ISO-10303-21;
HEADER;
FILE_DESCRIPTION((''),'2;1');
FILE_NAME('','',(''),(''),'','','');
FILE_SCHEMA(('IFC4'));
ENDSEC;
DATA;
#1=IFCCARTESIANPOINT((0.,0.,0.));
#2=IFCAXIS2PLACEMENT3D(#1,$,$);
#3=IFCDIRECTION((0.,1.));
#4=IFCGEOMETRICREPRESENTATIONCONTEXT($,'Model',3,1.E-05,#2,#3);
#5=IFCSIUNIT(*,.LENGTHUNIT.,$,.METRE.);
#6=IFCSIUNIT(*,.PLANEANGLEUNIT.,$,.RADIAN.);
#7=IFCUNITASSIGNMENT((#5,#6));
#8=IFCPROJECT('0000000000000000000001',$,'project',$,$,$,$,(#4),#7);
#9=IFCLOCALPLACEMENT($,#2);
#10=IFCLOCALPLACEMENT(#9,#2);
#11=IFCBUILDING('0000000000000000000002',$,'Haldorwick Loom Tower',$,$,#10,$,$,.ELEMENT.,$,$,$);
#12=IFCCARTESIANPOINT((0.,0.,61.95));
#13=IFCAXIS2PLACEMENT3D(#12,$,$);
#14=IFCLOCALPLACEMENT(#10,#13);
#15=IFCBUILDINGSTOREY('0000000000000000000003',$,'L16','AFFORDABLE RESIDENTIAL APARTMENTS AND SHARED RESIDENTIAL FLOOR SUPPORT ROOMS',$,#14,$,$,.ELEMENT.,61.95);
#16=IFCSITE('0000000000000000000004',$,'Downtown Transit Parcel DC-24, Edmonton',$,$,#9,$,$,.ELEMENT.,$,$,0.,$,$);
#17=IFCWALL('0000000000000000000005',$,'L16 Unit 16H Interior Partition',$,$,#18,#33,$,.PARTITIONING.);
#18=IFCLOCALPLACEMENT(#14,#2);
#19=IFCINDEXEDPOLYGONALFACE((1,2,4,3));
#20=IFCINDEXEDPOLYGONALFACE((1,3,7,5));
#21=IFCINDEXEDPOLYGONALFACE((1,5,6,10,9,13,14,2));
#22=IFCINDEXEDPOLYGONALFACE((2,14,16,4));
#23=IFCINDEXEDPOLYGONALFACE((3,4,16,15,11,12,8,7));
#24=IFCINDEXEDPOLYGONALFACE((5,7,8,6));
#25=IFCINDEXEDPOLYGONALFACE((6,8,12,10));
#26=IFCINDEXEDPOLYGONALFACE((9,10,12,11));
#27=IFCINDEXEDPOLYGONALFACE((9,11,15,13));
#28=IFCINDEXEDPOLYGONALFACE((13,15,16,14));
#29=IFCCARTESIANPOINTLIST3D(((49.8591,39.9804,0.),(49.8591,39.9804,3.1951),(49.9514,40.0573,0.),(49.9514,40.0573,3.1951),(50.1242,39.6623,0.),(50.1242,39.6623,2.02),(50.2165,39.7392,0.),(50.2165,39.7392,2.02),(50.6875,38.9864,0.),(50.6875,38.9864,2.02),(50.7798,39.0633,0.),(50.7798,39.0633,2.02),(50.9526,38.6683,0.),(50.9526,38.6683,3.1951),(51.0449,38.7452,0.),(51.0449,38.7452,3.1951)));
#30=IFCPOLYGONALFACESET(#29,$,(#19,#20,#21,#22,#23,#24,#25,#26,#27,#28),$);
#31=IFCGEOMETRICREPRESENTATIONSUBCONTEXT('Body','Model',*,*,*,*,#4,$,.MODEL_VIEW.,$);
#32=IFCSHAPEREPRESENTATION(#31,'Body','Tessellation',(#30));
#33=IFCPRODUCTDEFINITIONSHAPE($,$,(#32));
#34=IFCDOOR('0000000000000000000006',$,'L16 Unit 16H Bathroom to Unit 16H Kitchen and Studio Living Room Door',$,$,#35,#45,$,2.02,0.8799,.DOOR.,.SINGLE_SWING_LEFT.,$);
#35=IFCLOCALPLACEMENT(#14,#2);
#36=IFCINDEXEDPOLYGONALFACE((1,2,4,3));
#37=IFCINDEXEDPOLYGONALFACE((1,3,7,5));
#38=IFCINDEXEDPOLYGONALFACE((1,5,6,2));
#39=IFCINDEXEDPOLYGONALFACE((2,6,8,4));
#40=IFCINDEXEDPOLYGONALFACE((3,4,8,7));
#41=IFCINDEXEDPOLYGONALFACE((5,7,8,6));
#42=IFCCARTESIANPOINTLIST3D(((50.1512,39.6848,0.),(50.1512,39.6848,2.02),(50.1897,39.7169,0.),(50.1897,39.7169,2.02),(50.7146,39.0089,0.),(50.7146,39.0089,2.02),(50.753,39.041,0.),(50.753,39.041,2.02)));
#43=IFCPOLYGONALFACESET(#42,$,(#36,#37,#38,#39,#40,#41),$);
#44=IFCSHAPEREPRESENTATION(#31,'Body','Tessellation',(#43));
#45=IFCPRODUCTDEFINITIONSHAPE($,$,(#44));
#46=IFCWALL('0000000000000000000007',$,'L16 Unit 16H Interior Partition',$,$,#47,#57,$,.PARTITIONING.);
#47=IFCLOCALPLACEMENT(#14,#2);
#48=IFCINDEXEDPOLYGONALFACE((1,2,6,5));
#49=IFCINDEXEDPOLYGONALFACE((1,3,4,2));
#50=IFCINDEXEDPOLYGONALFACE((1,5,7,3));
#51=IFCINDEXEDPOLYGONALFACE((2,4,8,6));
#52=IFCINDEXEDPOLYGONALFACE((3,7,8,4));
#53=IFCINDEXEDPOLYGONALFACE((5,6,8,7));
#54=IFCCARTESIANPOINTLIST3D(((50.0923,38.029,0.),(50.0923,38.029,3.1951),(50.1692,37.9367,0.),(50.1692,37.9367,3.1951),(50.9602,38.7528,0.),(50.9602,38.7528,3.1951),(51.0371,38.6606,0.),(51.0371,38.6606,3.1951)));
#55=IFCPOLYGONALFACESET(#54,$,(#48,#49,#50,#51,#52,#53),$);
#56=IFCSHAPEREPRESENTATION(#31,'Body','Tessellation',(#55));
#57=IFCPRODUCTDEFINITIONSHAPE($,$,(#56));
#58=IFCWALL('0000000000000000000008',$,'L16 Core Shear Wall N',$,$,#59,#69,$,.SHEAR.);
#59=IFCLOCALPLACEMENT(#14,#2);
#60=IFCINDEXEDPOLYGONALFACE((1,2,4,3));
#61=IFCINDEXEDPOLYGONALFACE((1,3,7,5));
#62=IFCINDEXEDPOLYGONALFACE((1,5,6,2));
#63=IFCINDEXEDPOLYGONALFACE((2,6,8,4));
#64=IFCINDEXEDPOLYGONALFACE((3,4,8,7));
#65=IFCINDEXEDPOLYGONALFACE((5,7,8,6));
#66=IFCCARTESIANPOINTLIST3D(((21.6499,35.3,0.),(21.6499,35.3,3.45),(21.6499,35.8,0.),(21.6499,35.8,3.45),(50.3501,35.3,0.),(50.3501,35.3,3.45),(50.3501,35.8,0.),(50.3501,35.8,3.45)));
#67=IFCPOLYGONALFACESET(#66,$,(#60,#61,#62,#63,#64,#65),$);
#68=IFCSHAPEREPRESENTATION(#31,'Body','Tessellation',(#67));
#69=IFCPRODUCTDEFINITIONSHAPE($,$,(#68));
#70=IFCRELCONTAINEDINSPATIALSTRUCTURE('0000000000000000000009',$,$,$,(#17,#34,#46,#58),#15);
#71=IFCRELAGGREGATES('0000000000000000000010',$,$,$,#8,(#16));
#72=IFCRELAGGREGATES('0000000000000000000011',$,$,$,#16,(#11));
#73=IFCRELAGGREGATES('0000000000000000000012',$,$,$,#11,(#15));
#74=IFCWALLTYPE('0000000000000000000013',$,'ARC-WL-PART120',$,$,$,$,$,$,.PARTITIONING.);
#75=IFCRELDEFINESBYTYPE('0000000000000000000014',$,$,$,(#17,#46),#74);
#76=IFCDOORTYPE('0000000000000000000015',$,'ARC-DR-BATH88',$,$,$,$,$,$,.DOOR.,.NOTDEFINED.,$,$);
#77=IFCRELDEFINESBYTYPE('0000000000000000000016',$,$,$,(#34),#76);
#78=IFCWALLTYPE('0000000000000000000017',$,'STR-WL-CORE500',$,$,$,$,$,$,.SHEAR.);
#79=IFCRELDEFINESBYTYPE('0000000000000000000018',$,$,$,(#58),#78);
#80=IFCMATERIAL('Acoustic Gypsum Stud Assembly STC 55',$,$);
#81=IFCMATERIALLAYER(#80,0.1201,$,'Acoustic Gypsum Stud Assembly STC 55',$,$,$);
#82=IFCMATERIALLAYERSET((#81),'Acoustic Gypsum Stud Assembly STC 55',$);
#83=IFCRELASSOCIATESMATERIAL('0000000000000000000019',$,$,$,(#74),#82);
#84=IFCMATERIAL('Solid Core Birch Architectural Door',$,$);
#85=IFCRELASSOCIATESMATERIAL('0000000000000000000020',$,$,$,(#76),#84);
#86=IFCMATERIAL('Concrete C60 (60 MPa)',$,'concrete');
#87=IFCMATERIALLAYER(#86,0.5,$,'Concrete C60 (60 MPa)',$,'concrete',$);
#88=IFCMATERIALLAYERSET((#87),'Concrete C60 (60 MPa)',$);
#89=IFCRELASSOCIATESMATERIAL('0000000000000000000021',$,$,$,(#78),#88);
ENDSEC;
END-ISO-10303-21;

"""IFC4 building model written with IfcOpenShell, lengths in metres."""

from ifc_helpers import new_model, si_unit, direction, frame, frame_2d, origin, place, context, subcontext, project, spatial, rectangle, extrude, material, layer, layer_set, type_object, element, fill, save


model = new_model("IFC4")

# Units and contexts
model_context = context("Model", 3, precision=1e-05, world=origin(), true_north=direction((0.0, 1.0)))
body_context = subcontext(model_context, "Body", "Model", "MODEL_VIEW")
ifc_project = project(units=[si_unit("LENGTHUNIT", "METRE"), si_unit("PLANEANGLEUNIT", "RADIAN")], contexts=[model_context])

# Site, building, storey
site_placement = place(None, origin())
site = spatial("IfcSite", under=ifc_project, at=site_placement, Name="Downtown Transit Parcel DC-24, Edmonton", CompositionType="ELEMENT", RefElevation=0.0)
building_placement = place(site_placement, origin())
building = spatial("IfcBuilding", under=site, at=building_placement, Name="Haldorwick Loom Tower", CompositionType="ELEMENT")
storey_placement = place(building_placement, frame((0.0, 0.0, 61.95)))
storey = spatial("IfcBuildingStorey", under=building, at=storey_placement, Name="L16", Description="AFFORDABLE RESIDENTIAL APARTMENTS AND SHARED RESIDENTIAL FLOOR SUPPORT ROOMS", CompositionType="ELEMENT", Elevation=61.95)

# Shared definitions
ifc_material_1 = material(Name="Concrete C60 (60 MPa)", Category="concrete")

# Shared definitions
ifc_material_2 = material(Name="Acoustic Gypsum Stud Assembly STC 55")
ifc_layer_1 = layer(ifc_material_2, 0.1201, Name="Acoustic Gypsum Stud Assembly STC 55")
ifc_layer_set_1 = layer_set([ifc_layer_1], Name="Acoustic Gypsum Stud Assembly STC 55")
wall_type_1 = type_object("IfcWallType", Name="ARC-WL-PART120", PredefinedType="PARTITIONING", material=ifc_layer_set_1)
ifc_material_3 = material(Name="Solid Core Birch Architectural Door")
door_type_1 = type_object("IfcDoorType", Name="ARC-DR-BATH88", OperationType="NOTDEFINED", PredefinedType="DOOR", material=ifc_material_3)

# Wall, opening, door
wall_1_placement = place(storey_placement, frame((50.9988, 38.7068, 0.0), z_axis=(0.0, 0.0, 1.0), x_axis=(-0.640241, 0.768174, 0.0)))
wall_1 = element("IfcWall", 1, at=wall_1_placement, inside=storey, type_object=wall_type_1, Name="L16 Unit 16H Interior Partition", PredefinedType="PARTITIONING", context=body_context, shape_type="SweptSolid", body=[
    extrude(rectangle(XDim=1.708, YDim=0.1201, at=frame_2d((0.854, 0.0))), origin(), (0.0, 0.0, 1.0), 3.1951),
])
opening_1_placement = place(wall_1_placement, frame((0.4141, 0.0, 0.0)))
opening_1 = element("IfcOpeningElement", 2, at=opening_1_placement, cuts=wall_1, PredefinedType="OPENING", context=body_context, shape_type="SweptSolid", body=[
    extrude(rectangle(XDim=0.8799, YDim=2.02, at=frame_2d((0.4399, 1.01))), frame((0.0, 0.0701, 0.0), z_axis=(0.0, -1.0, 0.0), x_axis=(1.0, 0.0, 0.0)), (0.0, 0.0, 1.0), 0.1401),
])
door_1_placement = place(opening_1_placement, origin())
door_1 = element("IfcDoor", 3, at=door_1_placement, inside=storey, type_object=door_type_1, Name="L16 Unit 16H Bathroom to Unit 16H Kitchen and Studio Living Room Door", OperationType="SINGLE_SWING_LEFT", OverallHeight=2.02, OverallWidth=0.8799, PredefinedType="DOOR", context=body_context, shape_type="SweptSolid", body=[
    extrude(rectangle(XDim=0.8799, YDim=2.02, at=frame_2d((0.4399, 1.01))), frame((0.0, 0.0249, 0.0), z_axis=(0.0, -1.0, 0.0), x_axis=(1.0, 0.0, 0.0)), (0.0, 0.0, 1.0), 0.05),
])
fill(opening_1, door_1)

# Walls
wall_2_placement = place(storey_placement, frame((50.1309, 37.9829, 0.0), z_axis=(0.0, 0.0, 1.0), x_axis=(0.767956, 0.640503, 0.0)))
element("IfcWall", 4, at=wall_2_placement, inside=storey, type_object=wall_type_1, Name="L16 Unit 16H Interior Partition", PredefinedType="PARTITIONING", context=body_context, shape_type="SweptSolid", body=[
    extrude(rectangle(XDim=1.1301, YDim=0.1201, at=frame_2d((0.5649, 0.0))), origin(), (0.0, 0.0, 1.0), 3.1951),
])
ifc_layer_2 = layer(ifc_material_1, 0.5, Name="Concrete C60 (60 MPa)", Category="concrete")
ifc_layer_set_2 = layer_set([ifc_layer_2], Name="Concrete C60 (60 MPa)")
wall_type_2 = type_object("IfcWallType", Name="STR-WL-CORE500", PredefinedType="SHEAR", material=ifc_layer_set_2)
wall_3_placement = place(storey_placement, frame((50.3501, 35.55, 0.0), z_axis=(0.0, 0.0, 1.0), x_axis=(-1.0, 0.0, 0.0)))
element("IfcWall", 5, at=wall_3_placement, inside=storey, type_object=wall_type_2, Name="L16 Core Shear Wall N", PredefinedType="SHEAR", context=body_context, shape_type="SweptSolid", body=[
    extrude(rectangle(XDim=28.7002, YDim=0.5, at=frame_2d((14.3501, 0.0))), origin(), (0.0, 0.0, 1.0), 3.45),
])

save(model, "model.ifc")
